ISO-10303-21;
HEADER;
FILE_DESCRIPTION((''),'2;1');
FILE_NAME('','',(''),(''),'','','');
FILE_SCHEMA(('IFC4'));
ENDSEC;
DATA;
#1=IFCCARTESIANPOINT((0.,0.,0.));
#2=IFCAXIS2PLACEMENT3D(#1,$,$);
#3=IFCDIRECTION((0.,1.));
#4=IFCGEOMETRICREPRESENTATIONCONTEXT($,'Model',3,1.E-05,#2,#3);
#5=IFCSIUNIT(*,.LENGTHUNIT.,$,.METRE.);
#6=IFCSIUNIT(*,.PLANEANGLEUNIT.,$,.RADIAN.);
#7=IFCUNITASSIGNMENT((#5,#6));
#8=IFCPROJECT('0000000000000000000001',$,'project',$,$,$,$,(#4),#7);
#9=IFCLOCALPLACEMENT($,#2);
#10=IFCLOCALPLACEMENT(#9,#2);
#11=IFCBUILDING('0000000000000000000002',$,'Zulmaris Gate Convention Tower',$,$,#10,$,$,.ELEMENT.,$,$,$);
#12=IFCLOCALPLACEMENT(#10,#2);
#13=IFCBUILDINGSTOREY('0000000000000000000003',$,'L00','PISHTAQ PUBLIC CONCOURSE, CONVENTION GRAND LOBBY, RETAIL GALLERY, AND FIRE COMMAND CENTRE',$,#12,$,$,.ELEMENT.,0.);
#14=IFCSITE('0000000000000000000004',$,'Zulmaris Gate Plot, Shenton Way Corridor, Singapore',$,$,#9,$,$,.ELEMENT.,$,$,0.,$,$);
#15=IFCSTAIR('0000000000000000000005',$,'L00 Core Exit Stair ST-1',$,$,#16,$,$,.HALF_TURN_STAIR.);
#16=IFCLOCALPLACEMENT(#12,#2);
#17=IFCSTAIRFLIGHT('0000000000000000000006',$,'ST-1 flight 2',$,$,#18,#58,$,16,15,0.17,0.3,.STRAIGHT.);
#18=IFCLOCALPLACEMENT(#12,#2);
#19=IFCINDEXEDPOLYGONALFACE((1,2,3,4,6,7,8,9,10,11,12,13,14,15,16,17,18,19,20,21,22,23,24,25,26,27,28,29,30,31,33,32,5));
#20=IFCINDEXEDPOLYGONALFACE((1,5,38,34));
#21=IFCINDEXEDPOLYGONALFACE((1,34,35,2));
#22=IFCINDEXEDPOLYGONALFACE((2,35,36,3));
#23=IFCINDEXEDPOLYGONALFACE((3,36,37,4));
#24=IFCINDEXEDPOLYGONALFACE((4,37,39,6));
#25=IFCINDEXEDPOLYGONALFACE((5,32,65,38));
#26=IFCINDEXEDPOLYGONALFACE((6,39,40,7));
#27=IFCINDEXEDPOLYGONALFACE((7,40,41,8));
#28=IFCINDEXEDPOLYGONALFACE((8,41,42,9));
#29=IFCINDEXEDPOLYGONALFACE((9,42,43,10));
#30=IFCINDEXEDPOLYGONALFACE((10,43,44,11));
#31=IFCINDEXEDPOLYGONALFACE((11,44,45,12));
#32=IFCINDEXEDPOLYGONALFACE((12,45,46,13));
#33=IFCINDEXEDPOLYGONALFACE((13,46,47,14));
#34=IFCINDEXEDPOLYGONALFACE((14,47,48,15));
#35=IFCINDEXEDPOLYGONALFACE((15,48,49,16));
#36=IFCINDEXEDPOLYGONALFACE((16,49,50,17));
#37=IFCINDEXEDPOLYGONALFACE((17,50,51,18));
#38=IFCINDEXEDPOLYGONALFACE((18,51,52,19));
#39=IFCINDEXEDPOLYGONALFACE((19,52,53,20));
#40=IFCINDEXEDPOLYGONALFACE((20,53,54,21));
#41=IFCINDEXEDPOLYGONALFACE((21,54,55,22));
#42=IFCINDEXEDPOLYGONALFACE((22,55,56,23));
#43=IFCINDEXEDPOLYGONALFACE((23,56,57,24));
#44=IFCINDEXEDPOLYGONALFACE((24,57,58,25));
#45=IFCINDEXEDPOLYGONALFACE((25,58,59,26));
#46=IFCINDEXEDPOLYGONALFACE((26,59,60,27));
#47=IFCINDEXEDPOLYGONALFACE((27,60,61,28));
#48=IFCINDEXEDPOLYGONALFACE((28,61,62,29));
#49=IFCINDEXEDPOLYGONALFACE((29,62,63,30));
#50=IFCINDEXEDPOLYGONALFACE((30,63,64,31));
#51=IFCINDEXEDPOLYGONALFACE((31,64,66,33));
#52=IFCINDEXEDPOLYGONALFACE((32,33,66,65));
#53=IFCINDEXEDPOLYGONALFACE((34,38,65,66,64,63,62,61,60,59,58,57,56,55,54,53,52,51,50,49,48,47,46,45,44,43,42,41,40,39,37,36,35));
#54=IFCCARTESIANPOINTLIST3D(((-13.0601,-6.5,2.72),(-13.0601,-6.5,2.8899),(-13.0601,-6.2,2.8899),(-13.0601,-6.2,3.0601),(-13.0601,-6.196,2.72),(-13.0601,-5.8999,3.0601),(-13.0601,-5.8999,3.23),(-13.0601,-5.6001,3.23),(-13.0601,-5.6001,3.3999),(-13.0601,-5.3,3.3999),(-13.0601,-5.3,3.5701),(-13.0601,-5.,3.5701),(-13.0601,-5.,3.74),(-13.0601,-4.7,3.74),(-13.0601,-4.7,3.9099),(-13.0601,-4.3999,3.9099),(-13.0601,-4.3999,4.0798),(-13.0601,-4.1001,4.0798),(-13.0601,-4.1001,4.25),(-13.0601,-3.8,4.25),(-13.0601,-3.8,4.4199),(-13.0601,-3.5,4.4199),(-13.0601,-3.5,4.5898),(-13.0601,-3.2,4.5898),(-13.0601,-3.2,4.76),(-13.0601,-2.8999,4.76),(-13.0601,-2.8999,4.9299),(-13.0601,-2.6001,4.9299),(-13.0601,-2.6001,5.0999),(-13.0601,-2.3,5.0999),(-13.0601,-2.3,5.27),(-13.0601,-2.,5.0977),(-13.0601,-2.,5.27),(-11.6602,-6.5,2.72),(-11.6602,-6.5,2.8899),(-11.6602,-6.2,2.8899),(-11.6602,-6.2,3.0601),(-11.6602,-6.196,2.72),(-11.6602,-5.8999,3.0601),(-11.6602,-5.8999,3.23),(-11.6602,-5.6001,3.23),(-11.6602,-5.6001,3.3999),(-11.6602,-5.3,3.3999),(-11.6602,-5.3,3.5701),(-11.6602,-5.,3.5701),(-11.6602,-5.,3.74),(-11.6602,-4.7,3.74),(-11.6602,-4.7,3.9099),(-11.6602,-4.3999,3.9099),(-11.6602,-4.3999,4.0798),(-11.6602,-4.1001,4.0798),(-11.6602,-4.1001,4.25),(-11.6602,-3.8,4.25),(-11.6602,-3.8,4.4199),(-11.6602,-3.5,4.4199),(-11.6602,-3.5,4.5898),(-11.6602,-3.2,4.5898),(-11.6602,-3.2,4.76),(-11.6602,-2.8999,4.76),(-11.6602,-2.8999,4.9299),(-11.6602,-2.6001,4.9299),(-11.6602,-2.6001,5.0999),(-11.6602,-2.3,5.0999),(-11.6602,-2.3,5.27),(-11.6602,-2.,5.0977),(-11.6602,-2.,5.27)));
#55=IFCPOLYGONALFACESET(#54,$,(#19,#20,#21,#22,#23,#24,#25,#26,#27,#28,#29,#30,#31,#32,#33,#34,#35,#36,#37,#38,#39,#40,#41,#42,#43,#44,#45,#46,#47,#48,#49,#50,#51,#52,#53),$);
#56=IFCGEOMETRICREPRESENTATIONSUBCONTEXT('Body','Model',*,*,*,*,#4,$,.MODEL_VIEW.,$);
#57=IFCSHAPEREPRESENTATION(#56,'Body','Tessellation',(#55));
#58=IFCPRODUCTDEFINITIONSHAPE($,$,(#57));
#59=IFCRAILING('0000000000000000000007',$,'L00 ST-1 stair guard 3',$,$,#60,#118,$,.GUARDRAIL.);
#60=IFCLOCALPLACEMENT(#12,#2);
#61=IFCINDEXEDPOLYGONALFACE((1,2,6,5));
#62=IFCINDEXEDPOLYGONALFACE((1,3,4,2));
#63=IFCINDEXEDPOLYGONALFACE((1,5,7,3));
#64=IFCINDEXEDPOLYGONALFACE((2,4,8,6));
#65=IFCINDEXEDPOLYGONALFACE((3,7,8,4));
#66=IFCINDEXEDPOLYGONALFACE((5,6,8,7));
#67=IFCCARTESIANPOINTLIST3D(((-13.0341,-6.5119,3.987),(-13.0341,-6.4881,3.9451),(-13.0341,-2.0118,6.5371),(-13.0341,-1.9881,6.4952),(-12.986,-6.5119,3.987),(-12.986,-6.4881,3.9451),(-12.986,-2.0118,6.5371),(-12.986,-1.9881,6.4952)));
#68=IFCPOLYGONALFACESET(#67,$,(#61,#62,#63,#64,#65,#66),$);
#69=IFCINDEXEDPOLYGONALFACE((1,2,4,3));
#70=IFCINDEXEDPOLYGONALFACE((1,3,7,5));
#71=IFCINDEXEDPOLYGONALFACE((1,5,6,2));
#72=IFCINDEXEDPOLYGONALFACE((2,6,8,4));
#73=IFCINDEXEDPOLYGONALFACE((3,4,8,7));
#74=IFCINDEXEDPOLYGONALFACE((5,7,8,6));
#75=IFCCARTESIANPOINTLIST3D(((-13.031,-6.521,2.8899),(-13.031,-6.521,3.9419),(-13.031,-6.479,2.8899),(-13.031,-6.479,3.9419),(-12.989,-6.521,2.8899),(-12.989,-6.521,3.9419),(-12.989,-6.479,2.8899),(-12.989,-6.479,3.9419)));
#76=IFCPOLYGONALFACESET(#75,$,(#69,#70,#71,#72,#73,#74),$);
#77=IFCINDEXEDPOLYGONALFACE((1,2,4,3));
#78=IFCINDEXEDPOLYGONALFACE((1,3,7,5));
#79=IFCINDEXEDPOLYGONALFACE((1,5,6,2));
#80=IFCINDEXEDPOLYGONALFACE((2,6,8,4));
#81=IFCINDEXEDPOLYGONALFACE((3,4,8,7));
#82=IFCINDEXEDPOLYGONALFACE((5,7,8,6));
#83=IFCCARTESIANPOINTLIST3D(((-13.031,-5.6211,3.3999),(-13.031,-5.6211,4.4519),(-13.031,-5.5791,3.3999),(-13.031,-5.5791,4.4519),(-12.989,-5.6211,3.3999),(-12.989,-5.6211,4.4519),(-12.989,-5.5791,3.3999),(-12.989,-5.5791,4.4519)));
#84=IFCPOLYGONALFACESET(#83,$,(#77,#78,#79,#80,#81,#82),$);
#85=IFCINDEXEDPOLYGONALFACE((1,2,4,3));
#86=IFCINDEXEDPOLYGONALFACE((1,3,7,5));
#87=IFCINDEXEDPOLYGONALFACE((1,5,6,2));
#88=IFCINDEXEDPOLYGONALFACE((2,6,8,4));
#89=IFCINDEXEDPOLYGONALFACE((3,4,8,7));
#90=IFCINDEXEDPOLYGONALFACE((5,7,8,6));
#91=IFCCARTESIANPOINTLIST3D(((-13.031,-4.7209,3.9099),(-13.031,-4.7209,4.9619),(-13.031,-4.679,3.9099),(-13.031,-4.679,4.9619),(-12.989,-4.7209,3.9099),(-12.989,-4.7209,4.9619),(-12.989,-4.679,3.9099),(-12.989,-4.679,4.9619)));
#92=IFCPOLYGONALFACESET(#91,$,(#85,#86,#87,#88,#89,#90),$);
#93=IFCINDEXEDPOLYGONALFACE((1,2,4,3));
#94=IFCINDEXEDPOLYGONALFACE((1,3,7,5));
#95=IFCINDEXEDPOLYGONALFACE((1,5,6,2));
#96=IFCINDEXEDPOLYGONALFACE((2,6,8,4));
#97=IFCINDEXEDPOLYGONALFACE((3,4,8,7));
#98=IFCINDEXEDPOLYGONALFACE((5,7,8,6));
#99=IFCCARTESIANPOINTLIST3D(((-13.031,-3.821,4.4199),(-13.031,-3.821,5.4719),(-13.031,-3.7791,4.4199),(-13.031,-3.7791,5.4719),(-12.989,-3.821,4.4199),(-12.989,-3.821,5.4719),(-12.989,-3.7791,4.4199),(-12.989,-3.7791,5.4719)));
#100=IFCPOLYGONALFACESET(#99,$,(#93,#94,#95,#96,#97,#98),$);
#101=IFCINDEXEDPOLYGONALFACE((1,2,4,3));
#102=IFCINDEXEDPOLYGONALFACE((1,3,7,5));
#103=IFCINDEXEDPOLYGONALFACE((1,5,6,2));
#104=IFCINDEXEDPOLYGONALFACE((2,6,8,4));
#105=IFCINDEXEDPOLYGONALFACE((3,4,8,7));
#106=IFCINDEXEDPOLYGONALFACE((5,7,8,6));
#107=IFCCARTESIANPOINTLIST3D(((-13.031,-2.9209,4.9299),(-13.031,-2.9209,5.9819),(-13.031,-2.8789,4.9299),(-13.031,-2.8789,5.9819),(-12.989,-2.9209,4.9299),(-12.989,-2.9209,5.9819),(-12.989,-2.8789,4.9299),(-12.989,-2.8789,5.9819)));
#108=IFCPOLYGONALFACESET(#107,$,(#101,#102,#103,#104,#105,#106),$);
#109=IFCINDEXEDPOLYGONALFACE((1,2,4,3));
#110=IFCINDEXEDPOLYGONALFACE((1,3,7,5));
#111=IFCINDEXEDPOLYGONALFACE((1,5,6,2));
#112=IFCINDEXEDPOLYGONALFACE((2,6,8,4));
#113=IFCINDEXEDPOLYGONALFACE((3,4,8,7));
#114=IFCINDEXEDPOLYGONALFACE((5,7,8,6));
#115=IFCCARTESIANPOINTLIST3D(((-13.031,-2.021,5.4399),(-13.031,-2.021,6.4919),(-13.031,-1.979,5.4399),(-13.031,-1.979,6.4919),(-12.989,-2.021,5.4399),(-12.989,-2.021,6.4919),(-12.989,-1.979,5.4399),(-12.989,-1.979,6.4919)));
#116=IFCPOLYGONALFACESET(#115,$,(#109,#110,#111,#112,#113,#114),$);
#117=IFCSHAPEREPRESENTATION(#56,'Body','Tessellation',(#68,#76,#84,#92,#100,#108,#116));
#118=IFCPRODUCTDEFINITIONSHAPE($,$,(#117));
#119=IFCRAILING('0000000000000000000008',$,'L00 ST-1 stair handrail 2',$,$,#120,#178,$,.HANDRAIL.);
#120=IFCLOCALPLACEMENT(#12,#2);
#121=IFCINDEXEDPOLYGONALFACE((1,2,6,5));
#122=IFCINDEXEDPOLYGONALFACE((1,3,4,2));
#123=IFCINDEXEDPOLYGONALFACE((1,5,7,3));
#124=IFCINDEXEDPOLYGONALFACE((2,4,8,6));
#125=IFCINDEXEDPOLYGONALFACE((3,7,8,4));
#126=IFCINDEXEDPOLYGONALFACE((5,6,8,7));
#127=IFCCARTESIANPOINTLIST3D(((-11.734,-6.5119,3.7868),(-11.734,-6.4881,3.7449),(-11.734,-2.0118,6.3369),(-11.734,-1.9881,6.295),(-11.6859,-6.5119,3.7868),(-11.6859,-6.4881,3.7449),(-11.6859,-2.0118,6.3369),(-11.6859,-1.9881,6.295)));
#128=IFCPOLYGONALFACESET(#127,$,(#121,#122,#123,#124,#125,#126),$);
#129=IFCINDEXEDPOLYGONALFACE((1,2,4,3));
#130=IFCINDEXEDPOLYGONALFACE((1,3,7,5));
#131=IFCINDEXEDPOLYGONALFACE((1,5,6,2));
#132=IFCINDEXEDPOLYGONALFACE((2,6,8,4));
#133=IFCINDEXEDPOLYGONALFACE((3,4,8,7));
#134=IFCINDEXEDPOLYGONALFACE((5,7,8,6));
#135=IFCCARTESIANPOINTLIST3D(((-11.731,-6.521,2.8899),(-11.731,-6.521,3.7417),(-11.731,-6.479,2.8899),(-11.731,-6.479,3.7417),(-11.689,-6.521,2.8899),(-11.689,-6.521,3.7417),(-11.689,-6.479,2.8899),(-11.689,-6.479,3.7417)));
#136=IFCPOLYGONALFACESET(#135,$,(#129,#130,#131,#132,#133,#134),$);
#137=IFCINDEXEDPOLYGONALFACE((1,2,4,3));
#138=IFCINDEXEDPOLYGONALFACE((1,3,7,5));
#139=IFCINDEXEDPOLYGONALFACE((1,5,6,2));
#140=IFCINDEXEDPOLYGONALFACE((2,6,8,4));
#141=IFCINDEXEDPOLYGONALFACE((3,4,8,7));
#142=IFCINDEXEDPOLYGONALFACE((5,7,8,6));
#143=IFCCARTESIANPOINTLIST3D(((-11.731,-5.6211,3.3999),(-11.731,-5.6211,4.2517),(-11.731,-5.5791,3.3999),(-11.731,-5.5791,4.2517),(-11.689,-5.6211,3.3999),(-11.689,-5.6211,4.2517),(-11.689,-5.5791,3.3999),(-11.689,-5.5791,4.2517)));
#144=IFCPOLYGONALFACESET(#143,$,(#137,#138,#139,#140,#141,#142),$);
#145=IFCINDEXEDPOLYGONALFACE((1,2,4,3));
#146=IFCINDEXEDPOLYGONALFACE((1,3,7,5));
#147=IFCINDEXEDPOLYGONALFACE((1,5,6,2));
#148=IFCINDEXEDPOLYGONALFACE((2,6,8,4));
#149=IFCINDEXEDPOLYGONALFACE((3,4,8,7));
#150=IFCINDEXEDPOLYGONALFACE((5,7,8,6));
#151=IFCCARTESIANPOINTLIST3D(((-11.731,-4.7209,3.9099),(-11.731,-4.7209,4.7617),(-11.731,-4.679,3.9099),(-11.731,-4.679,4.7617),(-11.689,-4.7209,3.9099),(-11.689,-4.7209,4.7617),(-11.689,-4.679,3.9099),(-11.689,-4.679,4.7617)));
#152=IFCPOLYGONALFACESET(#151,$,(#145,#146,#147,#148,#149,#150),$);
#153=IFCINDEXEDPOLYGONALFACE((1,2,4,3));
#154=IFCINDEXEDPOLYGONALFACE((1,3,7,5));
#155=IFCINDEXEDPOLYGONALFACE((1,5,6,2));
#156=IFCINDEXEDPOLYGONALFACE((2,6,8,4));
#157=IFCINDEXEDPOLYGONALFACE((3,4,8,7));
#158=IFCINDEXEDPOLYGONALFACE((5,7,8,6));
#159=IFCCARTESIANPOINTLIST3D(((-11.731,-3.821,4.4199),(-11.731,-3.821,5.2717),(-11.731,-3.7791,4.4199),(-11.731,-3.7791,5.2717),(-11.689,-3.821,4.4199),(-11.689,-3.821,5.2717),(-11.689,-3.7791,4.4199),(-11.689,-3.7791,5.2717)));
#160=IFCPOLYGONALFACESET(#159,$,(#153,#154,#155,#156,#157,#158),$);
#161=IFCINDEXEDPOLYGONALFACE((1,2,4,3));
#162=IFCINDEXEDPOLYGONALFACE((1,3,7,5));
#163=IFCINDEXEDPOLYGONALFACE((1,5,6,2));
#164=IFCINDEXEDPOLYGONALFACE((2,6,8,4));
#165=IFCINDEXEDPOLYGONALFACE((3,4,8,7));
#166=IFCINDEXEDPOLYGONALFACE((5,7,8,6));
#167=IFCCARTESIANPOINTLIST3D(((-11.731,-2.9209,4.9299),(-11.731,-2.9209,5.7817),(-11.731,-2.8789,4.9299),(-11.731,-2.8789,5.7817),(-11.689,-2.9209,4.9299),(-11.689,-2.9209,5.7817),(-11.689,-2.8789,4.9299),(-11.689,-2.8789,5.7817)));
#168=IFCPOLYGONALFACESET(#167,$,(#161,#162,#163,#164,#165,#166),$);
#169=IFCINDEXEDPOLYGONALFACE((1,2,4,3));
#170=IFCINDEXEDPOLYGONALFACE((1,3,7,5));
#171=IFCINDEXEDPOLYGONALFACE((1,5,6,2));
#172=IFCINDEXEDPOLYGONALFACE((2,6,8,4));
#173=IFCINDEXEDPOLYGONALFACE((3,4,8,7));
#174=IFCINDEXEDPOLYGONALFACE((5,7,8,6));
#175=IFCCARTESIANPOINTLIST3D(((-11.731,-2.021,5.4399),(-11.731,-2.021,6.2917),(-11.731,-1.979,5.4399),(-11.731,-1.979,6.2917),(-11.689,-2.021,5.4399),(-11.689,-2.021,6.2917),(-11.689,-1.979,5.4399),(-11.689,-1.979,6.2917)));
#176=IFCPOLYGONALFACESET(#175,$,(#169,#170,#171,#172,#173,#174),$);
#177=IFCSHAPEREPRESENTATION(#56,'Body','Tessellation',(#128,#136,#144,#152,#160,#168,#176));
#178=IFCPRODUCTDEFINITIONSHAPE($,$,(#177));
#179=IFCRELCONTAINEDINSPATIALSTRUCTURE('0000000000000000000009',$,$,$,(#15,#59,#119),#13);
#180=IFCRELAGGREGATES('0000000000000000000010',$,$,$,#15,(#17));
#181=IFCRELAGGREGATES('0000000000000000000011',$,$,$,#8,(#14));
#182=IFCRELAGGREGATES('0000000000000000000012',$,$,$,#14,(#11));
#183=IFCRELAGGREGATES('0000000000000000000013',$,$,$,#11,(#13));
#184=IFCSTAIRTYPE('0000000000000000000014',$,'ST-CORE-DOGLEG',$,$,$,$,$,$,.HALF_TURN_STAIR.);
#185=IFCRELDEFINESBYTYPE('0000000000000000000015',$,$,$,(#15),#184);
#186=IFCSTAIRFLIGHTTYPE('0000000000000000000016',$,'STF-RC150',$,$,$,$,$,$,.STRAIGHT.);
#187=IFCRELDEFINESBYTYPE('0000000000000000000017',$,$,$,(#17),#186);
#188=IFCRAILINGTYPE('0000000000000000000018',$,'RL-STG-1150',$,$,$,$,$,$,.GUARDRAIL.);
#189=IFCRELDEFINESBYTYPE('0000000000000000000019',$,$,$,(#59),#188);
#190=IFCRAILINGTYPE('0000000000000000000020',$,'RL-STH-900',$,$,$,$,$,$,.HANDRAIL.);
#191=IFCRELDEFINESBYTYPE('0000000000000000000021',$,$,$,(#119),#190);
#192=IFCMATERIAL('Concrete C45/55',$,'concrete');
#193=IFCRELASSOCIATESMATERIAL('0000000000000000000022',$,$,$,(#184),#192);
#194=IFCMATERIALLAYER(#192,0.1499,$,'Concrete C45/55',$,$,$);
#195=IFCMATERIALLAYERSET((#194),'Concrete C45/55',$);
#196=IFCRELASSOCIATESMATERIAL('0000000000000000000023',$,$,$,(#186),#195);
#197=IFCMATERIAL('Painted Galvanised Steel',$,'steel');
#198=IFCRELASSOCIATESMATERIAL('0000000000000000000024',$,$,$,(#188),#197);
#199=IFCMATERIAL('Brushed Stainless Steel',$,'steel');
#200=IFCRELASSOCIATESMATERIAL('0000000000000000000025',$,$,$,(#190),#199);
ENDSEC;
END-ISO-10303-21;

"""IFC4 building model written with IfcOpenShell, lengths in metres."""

from ifc_helpers import new_model, si_unit, direction, frame, origin, origin_2d, place, context, subcontext, project, spatial, polyline, rectangle, outline, extrude, material, layer, layer_set, type_object, element, aggregate, save


model = new_model("IFC4")

# Units and contexts
model_context = context("Model", 3, precision=1e-05, world=origin(), true_north=direction((0.0, 1.0)))
body_context = subcontext(model_context, "Body", "Model", "MODEL_VIEW")
ifc_project = project(units=[si_unit("LENGTHUNIT", "METRE"), si_unit("PLANEANGLEUNIT", "RADIAN")], contexts=[model_context])

# Site, building, storey
site_placement = place(None, origin())
site = spatial("IfcSite", under=ifc_project, at=site_placement, Name="Zulmaris Gate Plot, Shenton Way Corridor, Singapore", CompositionType="ELEMENT", RefElevation=0.0)
building_placement = place(site_placement, origin())
building = spatial("IfcBuilding", under=site, at=building_placement, Name="Zulmaris Gate Convention Tower", CompositionType="ELEMENT")
storey_placement = place(building_placement, origin())
storey = spatial("IfcBuildingStorey", under=building, at=storey_placement, Name="L00", Description="PISHTAQ PUBLIC CONCOURSE, CONVENTION GRAND LOBBY, RETAIL GALLERY, AND FIRE COMMAND CENTRE", CompositionType="ELEMENT", Elevation=0.0)

# Stair
ifc_material_1 = material(Name="Concrete C45/55", Category="concrete")
stair_type = type_object("IfcStairType", Name="ST-CORE-DOGLEG", PredefinedType="HALF_TURN_STAIR", material=ifc_material_1)
stair_1_placement = place(storey_placement, origin())
stair_1 = element("IfcStair", 1, at=stair_1_placement, inside=storey, type_object=stair_type, Name="L00 Core Exit Stair ST-1", PredefinedType="HALF_TURN_STAIR")

# Stair flight
ifc_layer_1 = layer(ifc_material_1, 0.1499, Name="Concrete C45/55")
ifc_layer_set_1 = layer_set([ifc_layer_1], Name="Concrete C45/55")
stair_flight_type = type_object("IfcStairFlightType", Name="STF-RC150", PredefinedType="STRAIGHT", material=ifc_layer_set_1)
stair_flight_placement = place(storey_placement, frame((-12.3601, -6.5, 2.72), z_axis=(0.0, 0.0, 1.0), x_axis=(0.0, 1.0, 0.0)))
stair_flight = element("IfcStairFlight", 2, at=stair_flight_placement, type_object=stair_flight_type, Name="ST-1 flight 2", NumberOfRisers=16, NumberOfTreads=15, PredefinedType="STRAIGHT", RiserHeight=0.17, TreadLength=0.3, context=body_context, shape_type="SweptSolid", body=[
    extrude(outline(polyline([(0.0, 0.0), (0.0, 0.1699), (0.3, 0.1699), (0.3, 0.3401), (0.6001, 0.3401), (0.6001, 0.51), (0.8999, 0.51), (0.8999, 0.6799), (1.2, 0.6799), (1.2, 0.8501), (1.5, 0.8501), (1.5, 1.02), (1.8, 1.02), (1.8, 1.1899), (2.1001, 1.1899), (2.1001, 1.3599), (2.3999, 1.3599), (2.3999, 1.53), (2.7, 1.53), (2.7, 1.7), (3.0, 1.7), (3.0, 1.8699), (3.3, 1.8699), (3.3, 2.04), (3.6001, 2.04), (3.6001, 2.21), (3.8999, 2.21), (3.8999, 2.3799), (4.2, 2.3799), (4.2, 2.55), (4.5, 2.55), (4.5, 2.72), (4.5, 2.3777), (0.304, 0.0), (0.0, 0.0)])), frame((0.0, 0.7, 0.0), z_axis=(0.0, -1.0, 0.0), x_axis=(1.0, 0.0, 0.0)), (0.0, 0.0, 1.0), 1.3999),
])
aggregate(stair_1, [stair_flight])

# Railings
ifc_material_2 = material(Name="Painted Galvanised Steel", Category="steel")
railing_type_1 = type_object("IfcRailingType", Name="RL-STG-1150", PredefinedType="GUARDRAIL", material=ifc_material_2)
railing_1_placement = place(storey_placement, frame((-13.01, -6.5, 2.8899)))
element("IfcRailing", 3, at=railing_1_placement, inside=storey, type_object=railing_type_1, Name="L00 ST-1 stair guard 3", PredefinedType="GUARDRAIL", context=body_context, shape_type="SweptSolid", body=[
    extrude(rectangle(XDim=0.0481, YDim=0.0481, at=origin_2d()), frame((0.0, 0.0, 1.0762), z_axis=(0.0, 0.870018, 0.49302), x_axis=(-1.0, 0.0, 0.0)), (0.0, 0.0, 1.0), 5.1724),
    extrude(rectangle(XDim=0.042, YDim=0.042, at=origin_2d()), origin(), (0.0, 0.0, 1.0), 1.052),
    extrude(rectangle(XDim=0.042, YDim=0.042, at=origin_2d()), frame((0.0, 0.8999, 0.51)), (0.0, 0.0, 1.0), 1.052),
    extrude(rectangle(XDim=0.042, YDim=0.042, at=origin_2d()), frame((0.0, 1.8, 1.02)), (0.0, 0.0, 1.0), 1.052),
    extrude(rectangle(XDim=0.042, YDim=0.042, at=origin_2d()), frame((0.0, 2.7, 1.53)), (0.0, 0.0, 1.0), 1.052),
    extrude(rectangle(XDim=0.042, YDim=0.042, at=origin_2d()), frame((0.0, 3.6001, 2.04)), (0.0, 0.0, 1.0), 1.052),
    extrude(rectangle(XDim=0.042, YDim=0.042, at=origin_2d()), frame((0.0, 4.5, 2.55)), (0.0, 0.0, 1.0), 1.052),
])
ifc_material_3 = material(Name="Brushed Stainless Steel", Category="steel")
railing_type_2 = type_object("IfcRailingType", Name="RL-STH-900", PredefinedType="HANDRAIL", material=ifc_material_3)
railing_2_placement = place(storey_placement, frame((-11.71, -6.5, 2.8899)))
element("IfcRailing", 4, at=railing_2_placement, inside=storey, type_object=railing_type_2, Name="L00 ST-1 stair handrail 2", PredefinedType="HANDRAIL", context=body_context, shape_type="SweptSolid", body=[
    extrude(rectangle(XDim=0.0481, YDim=0.0481, at=origin_2d()), frame((0.0, 0.0, 0.876), z_axis=(0.0, 0.870018, 0.49302), x_axis=(-1.0, 0.0, 0.0)), (0.0, 0.0, 1.0), 5.1724),
    extrude(rectangle(XDim=0.042, YDim=0.042, at=origin_2d()), origin(), (0.0, 0.0, 1.0), 0.8518),
    extrude(rectangle(XDim=0.042, YDim=0.042, at=origin_2d()), frame((0.0, 0.8999, 0.51)), (0.0, 0.0, 1.0), 0.8518),
    extrude(rectangle(XDim=0.042, YDim=0.042, at=origin_2d()), frame((0.0, 1.8, 1.02)), (0.0, 0.0, 1.0), 0.8518),
    extrude(rectangle(XDim=0.042, YDim=0.042, at=origin_2d()), frame((0.0, 2.7, 1.53)), (0.0, 0.0, 1.0), 0.8518),
    extrude(rectangle(XDim=0.042, YDim=0.042, at=origin_2d()), frame((0.0, 3.6001, 2.04)), (0.0, 0.0, 1.0), 0.8518),
    extrude(rectangle(XDim=0.042, YDim=0.042, at=origin_2d()), frame((0.0, 4.5, 2.55)), (0.0, 0.0, 1.0), 0.8518),
])

save(model, "model.ifc")
